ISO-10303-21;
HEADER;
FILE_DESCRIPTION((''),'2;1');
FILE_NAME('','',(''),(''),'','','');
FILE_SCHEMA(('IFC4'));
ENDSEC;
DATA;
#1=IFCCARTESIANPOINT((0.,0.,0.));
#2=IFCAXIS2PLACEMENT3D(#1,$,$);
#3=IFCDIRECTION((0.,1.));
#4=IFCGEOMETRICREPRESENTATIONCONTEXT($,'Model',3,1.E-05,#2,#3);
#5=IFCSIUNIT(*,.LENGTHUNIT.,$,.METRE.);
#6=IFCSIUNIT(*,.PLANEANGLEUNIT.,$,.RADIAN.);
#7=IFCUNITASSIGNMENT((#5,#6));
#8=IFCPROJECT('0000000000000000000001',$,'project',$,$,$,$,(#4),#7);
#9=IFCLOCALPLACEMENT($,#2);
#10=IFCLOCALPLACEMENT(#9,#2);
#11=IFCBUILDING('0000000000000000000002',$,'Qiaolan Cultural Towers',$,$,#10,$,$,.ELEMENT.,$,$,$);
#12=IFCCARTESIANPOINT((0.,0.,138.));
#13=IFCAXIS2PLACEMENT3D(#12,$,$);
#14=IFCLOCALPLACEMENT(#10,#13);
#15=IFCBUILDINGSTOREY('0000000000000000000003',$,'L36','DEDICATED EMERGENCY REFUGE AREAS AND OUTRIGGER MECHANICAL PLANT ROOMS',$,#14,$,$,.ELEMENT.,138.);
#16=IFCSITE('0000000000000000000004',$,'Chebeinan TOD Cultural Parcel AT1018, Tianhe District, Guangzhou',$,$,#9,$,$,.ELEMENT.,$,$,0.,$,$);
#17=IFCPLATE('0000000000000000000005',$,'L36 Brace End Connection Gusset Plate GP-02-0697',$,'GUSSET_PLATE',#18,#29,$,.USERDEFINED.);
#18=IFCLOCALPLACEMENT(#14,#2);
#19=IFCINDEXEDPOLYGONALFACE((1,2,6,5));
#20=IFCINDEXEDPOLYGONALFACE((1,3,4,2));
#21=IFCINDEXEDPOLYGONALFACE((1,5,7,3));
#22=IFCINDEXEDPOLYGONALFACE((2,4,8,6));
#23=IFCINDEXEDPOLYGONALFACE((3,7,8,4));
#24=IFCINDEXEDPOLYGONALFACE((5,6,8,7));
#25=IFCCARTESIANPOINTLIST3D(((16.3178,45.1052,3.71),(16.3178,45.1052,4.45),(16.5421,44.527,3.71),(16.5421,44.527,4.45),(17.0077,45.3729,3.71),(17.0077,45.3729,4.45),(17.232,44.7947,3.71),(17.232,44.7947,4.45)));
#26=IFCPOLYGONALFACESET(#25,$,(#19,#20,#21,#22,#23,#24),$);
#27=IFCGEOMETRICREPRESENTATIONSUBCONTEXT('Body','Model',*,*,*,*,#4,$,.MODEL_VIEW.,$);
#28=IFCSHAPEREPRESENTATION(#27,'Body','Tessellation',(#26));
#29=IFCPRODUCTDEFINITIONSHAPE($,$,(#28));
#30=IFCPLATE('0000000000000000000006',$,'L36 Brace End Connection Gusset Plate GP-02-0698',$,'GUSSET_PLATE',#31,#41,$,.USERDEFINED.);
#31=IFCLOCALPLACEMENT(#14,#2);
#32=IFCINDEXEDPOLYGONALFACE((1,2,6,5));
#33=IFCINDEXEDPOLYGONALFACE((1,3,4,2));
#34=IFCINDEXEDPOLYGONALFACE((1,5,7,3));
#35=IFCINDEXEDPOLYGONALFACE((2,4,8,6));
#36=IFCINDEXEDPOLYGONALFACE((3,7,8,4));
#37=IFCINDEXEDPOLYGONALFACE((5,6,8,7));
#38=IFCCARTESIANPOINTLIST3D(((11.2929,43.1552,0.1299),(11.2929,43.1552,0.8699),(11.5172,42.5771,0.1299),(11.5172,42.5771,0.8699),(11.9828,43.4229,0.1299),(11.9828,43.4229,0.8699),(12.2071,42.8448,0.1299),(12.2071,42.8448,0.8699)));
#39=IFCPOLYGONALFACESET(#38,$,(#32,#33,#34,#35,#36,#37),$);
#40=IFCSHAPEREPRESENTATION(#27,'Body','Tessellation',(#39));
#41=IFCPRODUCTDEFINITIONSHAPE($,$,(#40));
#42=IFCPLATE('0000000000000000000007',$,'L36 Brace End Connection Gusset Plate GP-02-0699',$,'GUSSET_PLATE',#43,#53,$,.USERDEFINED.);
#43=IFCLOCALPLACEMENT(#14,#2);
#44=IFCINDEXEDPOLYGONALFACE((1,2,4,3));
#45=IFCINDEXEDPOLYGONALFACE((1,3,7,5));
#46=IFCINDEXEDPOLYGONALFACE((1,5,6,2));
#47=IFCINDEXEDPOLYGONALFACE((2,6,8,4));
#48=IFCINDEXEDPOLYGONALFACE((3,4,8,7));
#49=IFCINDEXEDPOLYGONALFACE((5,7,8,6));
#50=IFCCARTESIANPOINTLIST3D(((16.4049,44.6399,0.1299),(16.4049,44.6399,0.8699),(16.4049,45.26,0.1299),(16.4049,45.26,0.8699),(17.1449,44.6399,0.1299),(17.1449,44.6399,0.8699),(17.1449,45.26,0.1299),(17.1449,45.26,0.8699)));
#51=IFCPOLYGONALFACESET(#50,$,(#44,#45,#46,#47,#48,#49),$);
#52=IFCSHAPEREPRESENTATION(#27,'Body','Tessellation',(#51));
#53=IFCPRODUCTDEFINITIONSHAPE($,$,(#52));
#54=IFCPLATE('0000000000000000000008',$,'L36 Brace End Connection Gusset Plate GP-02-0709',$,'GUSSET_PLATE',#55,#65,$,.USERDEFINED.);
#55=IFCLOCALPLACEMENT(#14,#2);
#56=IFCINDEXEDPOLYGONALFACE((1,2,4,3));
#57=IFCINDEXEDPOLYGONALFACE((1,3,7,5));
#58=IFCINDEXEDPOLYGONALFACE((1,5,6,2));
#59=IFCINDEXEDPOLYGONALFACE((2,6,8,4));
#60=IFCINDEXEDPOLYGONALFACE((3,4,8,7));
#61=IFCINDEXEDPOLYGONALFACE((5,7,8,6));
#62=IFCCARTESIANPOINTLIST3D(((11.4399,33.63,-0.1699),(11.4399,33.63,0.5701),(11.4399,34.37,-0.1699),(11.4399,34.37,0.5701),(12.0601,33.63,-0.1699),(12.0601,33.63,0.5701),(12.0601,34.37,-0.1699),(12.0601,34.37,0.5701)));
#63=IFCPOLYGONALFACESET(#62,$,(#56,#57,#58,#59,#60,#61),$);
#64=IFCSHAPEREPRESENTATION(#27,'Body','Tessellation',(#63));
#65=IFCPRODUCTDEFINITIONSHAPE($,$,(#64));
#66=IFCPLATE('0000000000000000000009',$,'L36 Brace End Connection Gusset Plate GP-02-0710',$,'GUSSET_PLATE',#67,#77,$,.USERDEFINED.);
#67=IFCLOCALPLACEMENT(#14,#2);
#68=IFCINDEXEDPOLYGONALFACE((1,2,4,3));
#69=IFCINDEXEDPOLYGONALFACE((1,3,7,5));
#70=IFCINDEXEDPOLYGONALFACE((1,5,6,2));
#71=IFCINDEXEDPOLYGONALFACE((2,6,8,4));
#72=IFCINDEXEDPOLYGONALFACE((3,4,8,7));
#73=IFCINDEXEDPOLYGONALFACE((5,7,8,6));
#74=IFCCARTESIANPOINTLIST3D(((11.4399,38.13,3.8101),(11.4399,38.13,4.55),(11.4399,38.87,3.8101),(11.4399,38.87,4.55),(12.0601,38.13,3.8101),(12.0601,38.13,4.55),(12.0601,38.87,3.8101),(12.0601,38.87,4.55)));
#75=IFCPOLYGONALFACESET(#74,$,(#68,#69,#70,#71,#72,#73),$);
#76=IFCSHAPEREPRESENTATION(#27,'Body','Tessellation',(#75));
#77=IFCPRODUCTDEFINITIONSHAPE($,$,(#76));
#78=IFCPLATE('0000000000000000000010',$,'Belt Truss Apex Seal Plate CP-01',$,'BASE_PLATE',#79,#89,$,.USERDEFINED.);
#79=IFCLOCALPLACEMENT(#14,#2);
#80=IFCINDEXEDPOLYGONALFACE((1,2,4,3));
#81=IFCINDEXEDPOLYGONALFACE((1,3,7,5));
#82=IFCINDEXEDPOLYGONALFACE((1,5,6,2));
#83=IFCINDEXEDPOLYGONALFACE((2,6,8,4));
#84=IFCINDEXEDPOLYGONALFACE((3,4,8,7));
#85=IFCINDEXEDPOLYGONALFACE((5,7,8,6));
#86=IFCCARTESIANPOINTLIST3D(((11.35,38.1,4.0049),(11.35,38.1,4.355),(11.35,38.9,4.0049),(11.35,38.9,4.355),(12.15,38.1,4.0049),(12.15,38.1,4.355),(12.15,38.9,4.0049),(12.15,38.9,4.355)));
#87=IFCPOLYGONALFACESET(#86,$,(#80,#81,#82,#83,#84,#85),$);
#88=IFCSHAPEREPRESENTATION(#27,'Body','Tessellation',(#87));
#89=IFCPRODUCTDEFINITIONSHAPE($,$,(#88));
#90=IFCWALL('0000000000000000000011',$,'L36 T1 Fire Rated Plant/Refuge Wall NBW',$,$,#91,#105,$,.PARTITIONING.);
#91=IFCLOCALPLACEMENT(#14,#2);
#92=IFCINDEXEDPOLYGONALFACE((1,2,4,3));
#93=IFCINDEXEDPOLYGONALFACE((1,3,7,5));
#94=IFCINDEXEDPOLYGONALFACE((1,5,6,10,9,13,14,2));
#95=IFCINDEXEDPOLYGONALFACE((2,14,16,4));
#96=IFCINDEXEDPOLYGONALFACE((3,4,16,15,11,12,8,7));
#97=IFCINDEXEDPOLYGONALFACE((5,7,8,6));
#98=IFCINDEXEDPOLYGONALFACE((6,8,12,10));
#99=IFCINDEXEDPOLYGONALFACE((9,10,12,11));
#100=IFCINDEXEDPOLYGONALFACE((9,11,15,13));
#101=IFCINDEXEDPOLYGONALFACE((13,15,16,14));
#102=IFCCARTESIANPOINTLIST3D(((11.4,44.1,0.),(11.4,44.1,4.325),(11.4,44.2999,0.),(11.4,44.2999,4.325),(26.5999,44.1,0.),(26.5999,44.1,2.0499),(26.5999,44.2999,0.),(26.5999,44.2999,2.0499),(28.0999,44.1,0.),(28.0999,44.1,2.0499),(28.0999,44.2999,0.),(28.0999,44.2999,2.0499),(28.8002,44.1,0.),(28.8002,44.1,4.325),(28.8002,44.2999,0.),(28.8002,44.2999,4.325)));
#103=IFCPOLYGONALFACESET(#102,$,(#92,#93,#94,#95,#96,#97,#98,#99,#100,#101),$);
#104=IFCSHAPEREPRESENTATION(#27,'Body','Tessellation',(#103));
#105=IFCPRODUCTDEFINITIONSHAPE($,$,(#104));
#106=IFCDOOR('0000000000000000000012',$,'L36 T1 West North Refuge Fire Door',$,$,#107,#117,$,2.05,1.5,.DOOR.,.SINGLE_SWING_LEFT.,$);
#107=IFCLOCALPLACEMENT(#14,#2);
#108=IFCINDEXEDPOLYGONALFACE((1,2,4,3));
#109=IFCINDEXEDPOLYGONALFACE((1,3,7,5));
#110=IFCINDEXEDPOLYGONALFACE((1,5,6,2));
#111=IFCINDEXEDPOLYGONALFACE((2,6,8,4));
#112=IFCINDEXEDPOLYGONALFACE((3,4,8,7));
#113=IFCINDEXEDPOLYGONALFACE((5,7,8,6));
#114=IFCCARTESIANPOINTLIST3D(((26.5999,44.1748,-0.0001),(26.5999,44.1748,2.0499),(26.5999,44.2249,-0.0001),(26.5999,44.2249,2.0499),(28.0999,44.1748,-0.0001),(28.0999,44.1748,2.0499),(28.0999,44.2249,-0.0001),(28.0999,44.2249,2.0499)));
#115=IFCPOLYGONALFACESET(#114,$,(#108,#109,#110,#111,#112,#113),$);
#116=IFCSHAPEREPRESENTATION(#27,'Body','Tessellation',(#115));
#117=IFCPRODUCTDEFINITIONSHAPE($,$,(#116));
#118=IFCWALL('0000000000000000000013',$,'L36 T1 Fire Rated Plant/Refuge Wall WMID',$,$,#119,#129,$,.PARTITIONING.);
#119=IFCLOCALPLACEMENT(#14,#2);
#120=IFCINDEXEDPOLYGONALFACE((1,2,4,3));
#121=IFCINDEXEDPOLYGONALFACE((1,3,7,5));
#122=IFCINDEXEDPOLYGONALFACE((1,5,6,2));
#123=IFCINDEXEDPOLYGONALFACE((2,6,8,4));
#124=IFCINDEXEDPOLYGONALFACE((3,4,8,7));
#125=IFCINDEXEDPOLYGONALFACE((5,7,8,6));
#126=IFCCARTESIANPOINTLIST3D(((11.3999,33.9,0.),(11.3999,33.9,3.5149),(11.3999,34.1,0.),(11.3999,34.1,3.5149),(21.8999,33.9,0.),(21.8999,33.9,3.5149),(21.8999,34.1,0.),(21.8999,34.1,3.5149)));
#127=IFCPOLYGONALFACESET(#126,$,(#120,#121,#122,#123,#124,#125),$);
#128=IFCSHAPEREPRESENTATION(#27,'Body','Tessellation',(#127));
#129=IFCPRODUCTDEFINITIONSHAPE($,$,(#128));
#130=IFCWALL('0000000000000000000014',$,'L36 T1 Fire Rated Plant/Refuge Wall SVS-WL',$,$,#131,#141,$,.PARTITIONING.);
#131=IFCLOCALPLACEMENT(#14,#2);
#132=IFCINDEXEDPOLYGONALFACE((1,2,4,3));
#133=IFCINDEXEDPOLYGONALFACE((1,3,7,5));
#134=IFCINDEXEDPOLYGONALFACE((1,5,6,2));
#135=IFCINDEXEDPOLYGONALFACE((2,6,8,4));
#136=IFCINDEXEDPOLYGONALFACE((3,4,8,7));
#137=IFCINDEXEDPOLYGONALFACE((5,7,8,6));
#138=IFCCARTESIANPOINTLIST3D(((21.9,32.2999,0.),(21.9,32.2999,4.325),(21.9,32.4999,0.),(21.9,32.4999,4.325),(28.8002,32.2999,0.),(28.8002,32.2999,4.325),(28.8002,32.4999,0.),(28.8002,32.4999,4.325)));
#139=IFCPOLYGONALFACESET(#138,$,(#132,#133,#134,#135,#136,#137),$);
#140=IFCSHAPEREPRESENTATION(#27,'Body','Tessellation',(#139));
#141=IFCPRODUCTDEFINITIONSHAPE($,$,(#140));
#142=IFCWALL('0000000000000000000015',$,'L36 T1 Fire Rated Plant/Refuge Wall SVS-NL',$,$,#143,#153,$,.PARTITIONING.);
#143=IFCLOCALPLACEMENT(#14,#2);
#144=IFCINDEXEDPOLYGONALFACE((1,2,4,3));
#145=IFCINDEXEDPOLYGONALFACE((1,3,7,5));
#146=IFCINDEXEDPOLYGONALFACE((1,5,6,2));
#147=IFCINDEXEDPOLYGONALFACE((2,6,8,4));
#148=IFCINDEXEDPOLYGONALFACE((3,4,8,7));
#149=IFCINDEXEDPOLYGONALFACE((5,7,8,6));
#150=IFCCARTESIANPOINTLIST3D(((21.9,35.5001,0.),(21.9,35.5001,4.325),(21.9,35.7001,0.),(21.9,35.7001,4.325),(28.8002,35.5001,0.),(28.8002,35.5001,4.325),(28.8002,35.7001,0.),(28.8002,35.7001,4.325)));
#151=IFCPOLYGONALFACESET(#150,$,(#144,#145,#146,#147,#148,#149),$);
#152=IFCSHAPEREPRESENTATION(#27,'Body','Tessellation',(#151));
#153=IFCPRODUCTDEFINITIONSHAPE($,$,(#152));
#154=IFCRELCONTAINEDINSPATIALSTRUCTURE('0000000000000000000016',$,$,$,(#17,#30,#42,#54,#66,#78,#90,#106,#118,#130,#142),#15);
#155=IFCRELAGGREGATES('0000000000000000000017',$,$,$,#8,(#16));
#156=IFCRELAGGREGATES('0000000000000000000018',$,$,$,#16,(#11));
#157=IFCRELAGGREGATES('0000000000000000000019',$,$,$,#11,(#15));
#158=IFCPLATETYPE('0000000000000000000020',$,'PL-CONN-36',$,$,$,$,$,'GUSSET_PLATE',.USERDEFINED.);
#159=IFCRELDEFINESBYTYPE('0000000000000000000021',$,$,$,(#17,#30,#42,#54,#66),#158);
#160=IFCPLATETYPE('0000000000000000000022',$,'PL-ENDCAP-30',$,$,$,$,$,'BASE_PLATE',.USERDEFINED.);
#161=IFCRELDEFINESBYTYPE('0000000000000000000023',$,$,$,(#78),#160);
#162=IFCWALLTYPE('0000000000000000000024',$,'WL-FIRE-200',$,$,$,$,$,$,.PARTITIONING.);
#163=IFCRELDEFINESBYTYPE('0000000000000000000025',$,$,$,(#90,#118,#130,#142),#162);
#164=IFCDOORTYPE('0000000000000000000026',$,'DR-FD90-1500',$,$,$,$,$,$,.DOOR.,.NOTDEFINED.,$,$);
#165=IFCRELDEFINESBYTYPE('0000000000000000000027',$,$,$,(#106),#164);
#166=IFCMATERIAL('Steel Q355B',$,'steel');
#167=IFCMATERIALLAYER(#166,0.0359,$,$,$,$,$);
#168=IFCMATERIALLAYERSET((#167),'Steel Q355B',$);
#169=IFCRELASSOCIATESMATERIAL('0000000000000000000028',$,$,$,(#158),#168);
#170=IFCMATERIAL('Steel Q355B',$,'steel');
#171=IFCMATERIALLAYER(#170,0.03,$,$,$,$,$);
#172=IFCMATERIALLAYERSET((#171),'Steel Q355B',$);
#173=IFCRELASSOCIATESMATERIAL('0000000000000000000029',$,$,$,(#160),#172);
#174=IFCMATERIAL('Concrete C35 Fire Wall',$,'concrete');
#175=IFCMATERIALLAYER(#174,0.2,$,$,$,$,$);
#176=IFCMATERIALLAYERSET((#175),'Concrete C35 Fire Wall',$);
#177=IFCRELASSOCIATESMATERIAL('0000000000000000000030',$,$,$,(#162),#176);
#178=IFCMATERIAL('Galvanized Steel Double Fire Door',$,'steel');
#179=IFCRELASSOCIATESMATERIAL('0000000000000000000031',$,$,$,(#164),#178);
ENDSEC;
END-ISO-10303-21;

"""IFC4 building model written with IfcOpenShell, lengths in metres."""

from ifc_helpers import new_model, si_unit, direction, frame, frame_2d, origin, origin_2d, place, context, subcontext, project, spatial, rectangle, extrude, material, layer, layer_set, type_object, element, fill, save


model = new_model("IFC4")

# Units and contexts
model_context = context("Model", 3, precision=1e-05, world=origin(), true_north=direction((0.0, 1.0)))
body_context = subcontext(model_context, "Body", "Model", "MODEL_VIEW")
ifc_project = project(units=[si_unit("LENGTHUNIT", "METRE"), si_unit("PLANEANGLEUNIT", "RADIAN")], contexts=[model_context])

# Site, building, storey
site_placement = place(None, origin())
site = spatial("IfcSite", under=ifc_project, at=site_placement, Name="Chebeinan TOD Cultural Parcel AT1018, Tianhe District, Guangzhou", CompositionType="ELEMENT", RefElevation=0.0)
building_placement = place(site_placement, origin())
building = spatial("IfcBuilding", under=site, at=building_placement, Name="Qiaolan Cultural Towers", CompositionType="ELEMENT")
storey_placement = place(building_placement, frame((0.0, 0.0, 138.0)))
storey = spatial("IfcBuildingStorey", under=building, at=storey_placement, Name="L36", Description="DEDICATED EMERGENCY REFUGE AREAS AND OUTRIGGER MECHANICAL PLANT ROOMS", CompositionType="ELEMENT", Elevation=138.0)

# Plates
ifc_material_1 = material(Name="Steel Q355B", Category="steel")
ifc_layer_1 = layer(ifc_material_1, 0.0359)
ifc_layer_set_1 = layer_set([ifc_layer_1], Name="Steel Q355B")
plate_type_1 = type_object("IfcPlateType", Name="PL-CONN-36", ElementType="GUSSET_PLATE", PredefinedType="USERDEFINED", material=ifc_layer_set_1)
for number, where, z_axis, x_axis, name in (
    (1, (16.7749, 44.95, 3.71), (0.0, 0.0, 1.0), (0.932266, 0.361775, 0.0), "L36 Brace End Connection Gusset Plate GP-02-0697"),
    (2, (11.75, 43.0, 0.1299), (0.0, 0.0, 1.0), (0.932266, 0.361775, 0.0), "L36 Brace End Connection Gusset Plate GP-02-0698"),
    (3, (16.7749, 44.95, 0.1299), (0.0, 0.0, 1.0), (1.0, 0.0, 0.0), "L36 Brace End Connection Gusset Plate GP-02-0699"),
    (4, (11.75, 34.0, -0.1699), (0.0, 0.0, 1.0), (0.0, 1.0, 0.0), "L36 Brace End Connection Gusset Plate GP-02-0709"),
    (5, (11.75, 38.5, 3.8101), (0.0, 0.0, 1.0), (0.0, 1.0, 0.0), "L36 Brace End Connection Gusset Plate GP-02-0710"),
):
    element("IfcPlate", number, at=place(storey_placement, frame(where, z_axis=z_axis, x_axis=x_axis)), inside=storey, type_object=plate_type_1, Name=name, ObjectType="GUSSET_PLATE", PredefinedType="USERDEFINED", context=body_context, shape_type="SweptSolid", body=[
        extrude(rectangle(XDim=0.74, YDim=0.6201, at=origin_2d()), origin(), (0.0, 0.0, 1.0), 0.74),
    ])
ifc_material_2 = material(Name="Steel Q355B", Category="steel")
ifc_layer_2 = layer(ifc_material_2, 0.03)
ifc_layer_set_2 = layer_set([ifc_layer_2], Name="Steel Q355B")
plate_type_2 = type_object("IfcPlateType", Name="PL-ENDCAP-30", ElementType="BASE_PLATE", PredefinedType="USERDEFINED", material=ifc_layer_set_2)
plate_placement = place(storey_placement, frame((11.75, 38.5, 4.0049), z_axis=(0.0, 0.0, 1.0), x_axis=(1.0, 0.0, 0.0)))
element("IfcPlate", 6, at=plate_placement, inside=storey, type_object=plate_type_2, Name="Belt Truss Apex Seal Plate CP-01", ObjectType="BASE_PLATE", PredefinedType="USERDEFINED", context=body_context, shape_type="SweptSolid", body=[
    extrude(rectangle(XDim=0.8, YDim=0.8, at=origin_2d()), origin(), (0.0, 0.0, 1.0), 0.3501),
])

# Wall, opening, door
ifc_material_3 = material(Name="Concrete C35 Fire Wall", Category="concrete")
ifc_layer_3 = layer(ifc_material_3, 0.2)
ifc_layer_set_3 = layer_set([ifc_layer_3], Name="Concrete C35 Fire Wall")
wall_type = type_object("IfcWallType", Name="WL-FIRE-200", PredefinedType="PARTITIONING", material=ifc_layer_set_3)
wall_1_placement = place(storey_placement, frame((11.3999, 44.2, 0.0), z_axis=(0.0, 0.0, 1.0), x_axis=(1.0, 0.0, 0.0)))
wall_1 = element("IfcWall", 7, at=wall_1_placement, inside=storey, type_object=wall_type, Name="L36 T1 Fire Rated Plant/Refuge Wall NBW", PredefinedType="PARTITIONING", context=body_context, shape_type="SweptSolid", body=[
    extrude(rectangle(XDim=17.4001, YDim=0.2, at=frame_2d((8.7002, 0.0))), origin(), (0.0, 0.0, 1.0), 4.325),
])
opening_placement = place(wall_1_placement, frame((15.2, 0.0, 0.0)))
opening = element("IfcOpeningElement", 8, at=opening_placement, cuts=wall_1, PredefinedType="OPENING", context=body_context, shape_type="SweptSolid", body=[
    extrude(rectangle(XDim=1.5, YDim=2.05, at=frame_2d((0.75, 1.0249))), frame((0.0, 0.1099, 0.0), z_axis=(0.0, -1.0, 0.0), x_axis=(1.0, 0.0, 0.0)), (0.0, 0.0, 1.0), 0.22),
])
ifc_material_4 = material(Name="Galvanized Steel Double Fire Door", Category="steel")
door_type = type_object("IfcDoorType", Name="DR-FD90-1500", OperationType="NOTDEFINED", PredefinedType="DOOR", material=ifc_material_4)
door_placement = place(opening_placement, origin())
door = element("IfcDoor", 9, at=door_placement, inside=storey, type_object=door_type, Name="L36 T1 West North Refuge Fire Door", OperationType="SINGLE_SWING_LEFT", OverallHeight=2.05, OverallWidth=1.5, PredefinedType="DOOR", context=body_context, shape_type="SweptSolid", body=[
    extrude(rectangle(XDim=1.5, YDim=2.05, at=frame_2d((0.75, 1.0249))), frame((0.0, 0.0249, 0.0), z_axis=(0.0, -1.0, 0.0), x_axis=(1.0, 0.0, 0.0)), (0.0, 0.0, 1.0), 0.05),
])
fill(opening, door)

# Walls
wall_2_placement = place(storey_placement, frame((11.3999, 34.0, 0.0), z_axis=(0.0, 0.0, 1.0), x_axis=(1.0, 0.0, 0.0)))
element("IfcWall", 10, at=wall_2_placement, inside=storey, type_object=wall_type, Name="L36 T1 Fire Rated Plant/Refuge Wall WMID", PredefinedType="PARTITIONING", context=body_context, shape_type="SweptSolid", body=[
    extrude(rectangle(XDim=10.5, YDim=0.2, at=frame_2d((5.25, 0.0))), origin(), (0.0, 0.0, 1.0), 3.5149),
])
for number, where, z_axis, x_axis, name in (
    (11, (21.8999, 32.3999, 0.0), (0.0, 0.0, 1.0), (1.0, 0.0, 0.0), "L36 T1 Fire Rated Plant/Refuge Wall SVS-WL"),
    (12, (21.8999, 35.6001, 0.0), (0.0, 0.0, 1.0), (1.0, 0.0, 0.0), "L36 T1 Fire Rated Plant/Refuge Wall SVS-NL"),
):
    element("IfcWall", number, at=place(storey_placement, frame(where, z_axis=z_axis, x_axis=x_axis)), inside=storey, type_object=wall_type, Name=name, PredefinedType="PARTITIONING", context=body_context, shape_type="SweptSolid", body=[
        extrude(rectangle(XDim=6.9001, YDim=0.2, at=frame_2d((3.4502, 0.0))), origin(), (0.0, 0.0, 1.0), 4.325),
    ])

save(model, "model.ifc")
